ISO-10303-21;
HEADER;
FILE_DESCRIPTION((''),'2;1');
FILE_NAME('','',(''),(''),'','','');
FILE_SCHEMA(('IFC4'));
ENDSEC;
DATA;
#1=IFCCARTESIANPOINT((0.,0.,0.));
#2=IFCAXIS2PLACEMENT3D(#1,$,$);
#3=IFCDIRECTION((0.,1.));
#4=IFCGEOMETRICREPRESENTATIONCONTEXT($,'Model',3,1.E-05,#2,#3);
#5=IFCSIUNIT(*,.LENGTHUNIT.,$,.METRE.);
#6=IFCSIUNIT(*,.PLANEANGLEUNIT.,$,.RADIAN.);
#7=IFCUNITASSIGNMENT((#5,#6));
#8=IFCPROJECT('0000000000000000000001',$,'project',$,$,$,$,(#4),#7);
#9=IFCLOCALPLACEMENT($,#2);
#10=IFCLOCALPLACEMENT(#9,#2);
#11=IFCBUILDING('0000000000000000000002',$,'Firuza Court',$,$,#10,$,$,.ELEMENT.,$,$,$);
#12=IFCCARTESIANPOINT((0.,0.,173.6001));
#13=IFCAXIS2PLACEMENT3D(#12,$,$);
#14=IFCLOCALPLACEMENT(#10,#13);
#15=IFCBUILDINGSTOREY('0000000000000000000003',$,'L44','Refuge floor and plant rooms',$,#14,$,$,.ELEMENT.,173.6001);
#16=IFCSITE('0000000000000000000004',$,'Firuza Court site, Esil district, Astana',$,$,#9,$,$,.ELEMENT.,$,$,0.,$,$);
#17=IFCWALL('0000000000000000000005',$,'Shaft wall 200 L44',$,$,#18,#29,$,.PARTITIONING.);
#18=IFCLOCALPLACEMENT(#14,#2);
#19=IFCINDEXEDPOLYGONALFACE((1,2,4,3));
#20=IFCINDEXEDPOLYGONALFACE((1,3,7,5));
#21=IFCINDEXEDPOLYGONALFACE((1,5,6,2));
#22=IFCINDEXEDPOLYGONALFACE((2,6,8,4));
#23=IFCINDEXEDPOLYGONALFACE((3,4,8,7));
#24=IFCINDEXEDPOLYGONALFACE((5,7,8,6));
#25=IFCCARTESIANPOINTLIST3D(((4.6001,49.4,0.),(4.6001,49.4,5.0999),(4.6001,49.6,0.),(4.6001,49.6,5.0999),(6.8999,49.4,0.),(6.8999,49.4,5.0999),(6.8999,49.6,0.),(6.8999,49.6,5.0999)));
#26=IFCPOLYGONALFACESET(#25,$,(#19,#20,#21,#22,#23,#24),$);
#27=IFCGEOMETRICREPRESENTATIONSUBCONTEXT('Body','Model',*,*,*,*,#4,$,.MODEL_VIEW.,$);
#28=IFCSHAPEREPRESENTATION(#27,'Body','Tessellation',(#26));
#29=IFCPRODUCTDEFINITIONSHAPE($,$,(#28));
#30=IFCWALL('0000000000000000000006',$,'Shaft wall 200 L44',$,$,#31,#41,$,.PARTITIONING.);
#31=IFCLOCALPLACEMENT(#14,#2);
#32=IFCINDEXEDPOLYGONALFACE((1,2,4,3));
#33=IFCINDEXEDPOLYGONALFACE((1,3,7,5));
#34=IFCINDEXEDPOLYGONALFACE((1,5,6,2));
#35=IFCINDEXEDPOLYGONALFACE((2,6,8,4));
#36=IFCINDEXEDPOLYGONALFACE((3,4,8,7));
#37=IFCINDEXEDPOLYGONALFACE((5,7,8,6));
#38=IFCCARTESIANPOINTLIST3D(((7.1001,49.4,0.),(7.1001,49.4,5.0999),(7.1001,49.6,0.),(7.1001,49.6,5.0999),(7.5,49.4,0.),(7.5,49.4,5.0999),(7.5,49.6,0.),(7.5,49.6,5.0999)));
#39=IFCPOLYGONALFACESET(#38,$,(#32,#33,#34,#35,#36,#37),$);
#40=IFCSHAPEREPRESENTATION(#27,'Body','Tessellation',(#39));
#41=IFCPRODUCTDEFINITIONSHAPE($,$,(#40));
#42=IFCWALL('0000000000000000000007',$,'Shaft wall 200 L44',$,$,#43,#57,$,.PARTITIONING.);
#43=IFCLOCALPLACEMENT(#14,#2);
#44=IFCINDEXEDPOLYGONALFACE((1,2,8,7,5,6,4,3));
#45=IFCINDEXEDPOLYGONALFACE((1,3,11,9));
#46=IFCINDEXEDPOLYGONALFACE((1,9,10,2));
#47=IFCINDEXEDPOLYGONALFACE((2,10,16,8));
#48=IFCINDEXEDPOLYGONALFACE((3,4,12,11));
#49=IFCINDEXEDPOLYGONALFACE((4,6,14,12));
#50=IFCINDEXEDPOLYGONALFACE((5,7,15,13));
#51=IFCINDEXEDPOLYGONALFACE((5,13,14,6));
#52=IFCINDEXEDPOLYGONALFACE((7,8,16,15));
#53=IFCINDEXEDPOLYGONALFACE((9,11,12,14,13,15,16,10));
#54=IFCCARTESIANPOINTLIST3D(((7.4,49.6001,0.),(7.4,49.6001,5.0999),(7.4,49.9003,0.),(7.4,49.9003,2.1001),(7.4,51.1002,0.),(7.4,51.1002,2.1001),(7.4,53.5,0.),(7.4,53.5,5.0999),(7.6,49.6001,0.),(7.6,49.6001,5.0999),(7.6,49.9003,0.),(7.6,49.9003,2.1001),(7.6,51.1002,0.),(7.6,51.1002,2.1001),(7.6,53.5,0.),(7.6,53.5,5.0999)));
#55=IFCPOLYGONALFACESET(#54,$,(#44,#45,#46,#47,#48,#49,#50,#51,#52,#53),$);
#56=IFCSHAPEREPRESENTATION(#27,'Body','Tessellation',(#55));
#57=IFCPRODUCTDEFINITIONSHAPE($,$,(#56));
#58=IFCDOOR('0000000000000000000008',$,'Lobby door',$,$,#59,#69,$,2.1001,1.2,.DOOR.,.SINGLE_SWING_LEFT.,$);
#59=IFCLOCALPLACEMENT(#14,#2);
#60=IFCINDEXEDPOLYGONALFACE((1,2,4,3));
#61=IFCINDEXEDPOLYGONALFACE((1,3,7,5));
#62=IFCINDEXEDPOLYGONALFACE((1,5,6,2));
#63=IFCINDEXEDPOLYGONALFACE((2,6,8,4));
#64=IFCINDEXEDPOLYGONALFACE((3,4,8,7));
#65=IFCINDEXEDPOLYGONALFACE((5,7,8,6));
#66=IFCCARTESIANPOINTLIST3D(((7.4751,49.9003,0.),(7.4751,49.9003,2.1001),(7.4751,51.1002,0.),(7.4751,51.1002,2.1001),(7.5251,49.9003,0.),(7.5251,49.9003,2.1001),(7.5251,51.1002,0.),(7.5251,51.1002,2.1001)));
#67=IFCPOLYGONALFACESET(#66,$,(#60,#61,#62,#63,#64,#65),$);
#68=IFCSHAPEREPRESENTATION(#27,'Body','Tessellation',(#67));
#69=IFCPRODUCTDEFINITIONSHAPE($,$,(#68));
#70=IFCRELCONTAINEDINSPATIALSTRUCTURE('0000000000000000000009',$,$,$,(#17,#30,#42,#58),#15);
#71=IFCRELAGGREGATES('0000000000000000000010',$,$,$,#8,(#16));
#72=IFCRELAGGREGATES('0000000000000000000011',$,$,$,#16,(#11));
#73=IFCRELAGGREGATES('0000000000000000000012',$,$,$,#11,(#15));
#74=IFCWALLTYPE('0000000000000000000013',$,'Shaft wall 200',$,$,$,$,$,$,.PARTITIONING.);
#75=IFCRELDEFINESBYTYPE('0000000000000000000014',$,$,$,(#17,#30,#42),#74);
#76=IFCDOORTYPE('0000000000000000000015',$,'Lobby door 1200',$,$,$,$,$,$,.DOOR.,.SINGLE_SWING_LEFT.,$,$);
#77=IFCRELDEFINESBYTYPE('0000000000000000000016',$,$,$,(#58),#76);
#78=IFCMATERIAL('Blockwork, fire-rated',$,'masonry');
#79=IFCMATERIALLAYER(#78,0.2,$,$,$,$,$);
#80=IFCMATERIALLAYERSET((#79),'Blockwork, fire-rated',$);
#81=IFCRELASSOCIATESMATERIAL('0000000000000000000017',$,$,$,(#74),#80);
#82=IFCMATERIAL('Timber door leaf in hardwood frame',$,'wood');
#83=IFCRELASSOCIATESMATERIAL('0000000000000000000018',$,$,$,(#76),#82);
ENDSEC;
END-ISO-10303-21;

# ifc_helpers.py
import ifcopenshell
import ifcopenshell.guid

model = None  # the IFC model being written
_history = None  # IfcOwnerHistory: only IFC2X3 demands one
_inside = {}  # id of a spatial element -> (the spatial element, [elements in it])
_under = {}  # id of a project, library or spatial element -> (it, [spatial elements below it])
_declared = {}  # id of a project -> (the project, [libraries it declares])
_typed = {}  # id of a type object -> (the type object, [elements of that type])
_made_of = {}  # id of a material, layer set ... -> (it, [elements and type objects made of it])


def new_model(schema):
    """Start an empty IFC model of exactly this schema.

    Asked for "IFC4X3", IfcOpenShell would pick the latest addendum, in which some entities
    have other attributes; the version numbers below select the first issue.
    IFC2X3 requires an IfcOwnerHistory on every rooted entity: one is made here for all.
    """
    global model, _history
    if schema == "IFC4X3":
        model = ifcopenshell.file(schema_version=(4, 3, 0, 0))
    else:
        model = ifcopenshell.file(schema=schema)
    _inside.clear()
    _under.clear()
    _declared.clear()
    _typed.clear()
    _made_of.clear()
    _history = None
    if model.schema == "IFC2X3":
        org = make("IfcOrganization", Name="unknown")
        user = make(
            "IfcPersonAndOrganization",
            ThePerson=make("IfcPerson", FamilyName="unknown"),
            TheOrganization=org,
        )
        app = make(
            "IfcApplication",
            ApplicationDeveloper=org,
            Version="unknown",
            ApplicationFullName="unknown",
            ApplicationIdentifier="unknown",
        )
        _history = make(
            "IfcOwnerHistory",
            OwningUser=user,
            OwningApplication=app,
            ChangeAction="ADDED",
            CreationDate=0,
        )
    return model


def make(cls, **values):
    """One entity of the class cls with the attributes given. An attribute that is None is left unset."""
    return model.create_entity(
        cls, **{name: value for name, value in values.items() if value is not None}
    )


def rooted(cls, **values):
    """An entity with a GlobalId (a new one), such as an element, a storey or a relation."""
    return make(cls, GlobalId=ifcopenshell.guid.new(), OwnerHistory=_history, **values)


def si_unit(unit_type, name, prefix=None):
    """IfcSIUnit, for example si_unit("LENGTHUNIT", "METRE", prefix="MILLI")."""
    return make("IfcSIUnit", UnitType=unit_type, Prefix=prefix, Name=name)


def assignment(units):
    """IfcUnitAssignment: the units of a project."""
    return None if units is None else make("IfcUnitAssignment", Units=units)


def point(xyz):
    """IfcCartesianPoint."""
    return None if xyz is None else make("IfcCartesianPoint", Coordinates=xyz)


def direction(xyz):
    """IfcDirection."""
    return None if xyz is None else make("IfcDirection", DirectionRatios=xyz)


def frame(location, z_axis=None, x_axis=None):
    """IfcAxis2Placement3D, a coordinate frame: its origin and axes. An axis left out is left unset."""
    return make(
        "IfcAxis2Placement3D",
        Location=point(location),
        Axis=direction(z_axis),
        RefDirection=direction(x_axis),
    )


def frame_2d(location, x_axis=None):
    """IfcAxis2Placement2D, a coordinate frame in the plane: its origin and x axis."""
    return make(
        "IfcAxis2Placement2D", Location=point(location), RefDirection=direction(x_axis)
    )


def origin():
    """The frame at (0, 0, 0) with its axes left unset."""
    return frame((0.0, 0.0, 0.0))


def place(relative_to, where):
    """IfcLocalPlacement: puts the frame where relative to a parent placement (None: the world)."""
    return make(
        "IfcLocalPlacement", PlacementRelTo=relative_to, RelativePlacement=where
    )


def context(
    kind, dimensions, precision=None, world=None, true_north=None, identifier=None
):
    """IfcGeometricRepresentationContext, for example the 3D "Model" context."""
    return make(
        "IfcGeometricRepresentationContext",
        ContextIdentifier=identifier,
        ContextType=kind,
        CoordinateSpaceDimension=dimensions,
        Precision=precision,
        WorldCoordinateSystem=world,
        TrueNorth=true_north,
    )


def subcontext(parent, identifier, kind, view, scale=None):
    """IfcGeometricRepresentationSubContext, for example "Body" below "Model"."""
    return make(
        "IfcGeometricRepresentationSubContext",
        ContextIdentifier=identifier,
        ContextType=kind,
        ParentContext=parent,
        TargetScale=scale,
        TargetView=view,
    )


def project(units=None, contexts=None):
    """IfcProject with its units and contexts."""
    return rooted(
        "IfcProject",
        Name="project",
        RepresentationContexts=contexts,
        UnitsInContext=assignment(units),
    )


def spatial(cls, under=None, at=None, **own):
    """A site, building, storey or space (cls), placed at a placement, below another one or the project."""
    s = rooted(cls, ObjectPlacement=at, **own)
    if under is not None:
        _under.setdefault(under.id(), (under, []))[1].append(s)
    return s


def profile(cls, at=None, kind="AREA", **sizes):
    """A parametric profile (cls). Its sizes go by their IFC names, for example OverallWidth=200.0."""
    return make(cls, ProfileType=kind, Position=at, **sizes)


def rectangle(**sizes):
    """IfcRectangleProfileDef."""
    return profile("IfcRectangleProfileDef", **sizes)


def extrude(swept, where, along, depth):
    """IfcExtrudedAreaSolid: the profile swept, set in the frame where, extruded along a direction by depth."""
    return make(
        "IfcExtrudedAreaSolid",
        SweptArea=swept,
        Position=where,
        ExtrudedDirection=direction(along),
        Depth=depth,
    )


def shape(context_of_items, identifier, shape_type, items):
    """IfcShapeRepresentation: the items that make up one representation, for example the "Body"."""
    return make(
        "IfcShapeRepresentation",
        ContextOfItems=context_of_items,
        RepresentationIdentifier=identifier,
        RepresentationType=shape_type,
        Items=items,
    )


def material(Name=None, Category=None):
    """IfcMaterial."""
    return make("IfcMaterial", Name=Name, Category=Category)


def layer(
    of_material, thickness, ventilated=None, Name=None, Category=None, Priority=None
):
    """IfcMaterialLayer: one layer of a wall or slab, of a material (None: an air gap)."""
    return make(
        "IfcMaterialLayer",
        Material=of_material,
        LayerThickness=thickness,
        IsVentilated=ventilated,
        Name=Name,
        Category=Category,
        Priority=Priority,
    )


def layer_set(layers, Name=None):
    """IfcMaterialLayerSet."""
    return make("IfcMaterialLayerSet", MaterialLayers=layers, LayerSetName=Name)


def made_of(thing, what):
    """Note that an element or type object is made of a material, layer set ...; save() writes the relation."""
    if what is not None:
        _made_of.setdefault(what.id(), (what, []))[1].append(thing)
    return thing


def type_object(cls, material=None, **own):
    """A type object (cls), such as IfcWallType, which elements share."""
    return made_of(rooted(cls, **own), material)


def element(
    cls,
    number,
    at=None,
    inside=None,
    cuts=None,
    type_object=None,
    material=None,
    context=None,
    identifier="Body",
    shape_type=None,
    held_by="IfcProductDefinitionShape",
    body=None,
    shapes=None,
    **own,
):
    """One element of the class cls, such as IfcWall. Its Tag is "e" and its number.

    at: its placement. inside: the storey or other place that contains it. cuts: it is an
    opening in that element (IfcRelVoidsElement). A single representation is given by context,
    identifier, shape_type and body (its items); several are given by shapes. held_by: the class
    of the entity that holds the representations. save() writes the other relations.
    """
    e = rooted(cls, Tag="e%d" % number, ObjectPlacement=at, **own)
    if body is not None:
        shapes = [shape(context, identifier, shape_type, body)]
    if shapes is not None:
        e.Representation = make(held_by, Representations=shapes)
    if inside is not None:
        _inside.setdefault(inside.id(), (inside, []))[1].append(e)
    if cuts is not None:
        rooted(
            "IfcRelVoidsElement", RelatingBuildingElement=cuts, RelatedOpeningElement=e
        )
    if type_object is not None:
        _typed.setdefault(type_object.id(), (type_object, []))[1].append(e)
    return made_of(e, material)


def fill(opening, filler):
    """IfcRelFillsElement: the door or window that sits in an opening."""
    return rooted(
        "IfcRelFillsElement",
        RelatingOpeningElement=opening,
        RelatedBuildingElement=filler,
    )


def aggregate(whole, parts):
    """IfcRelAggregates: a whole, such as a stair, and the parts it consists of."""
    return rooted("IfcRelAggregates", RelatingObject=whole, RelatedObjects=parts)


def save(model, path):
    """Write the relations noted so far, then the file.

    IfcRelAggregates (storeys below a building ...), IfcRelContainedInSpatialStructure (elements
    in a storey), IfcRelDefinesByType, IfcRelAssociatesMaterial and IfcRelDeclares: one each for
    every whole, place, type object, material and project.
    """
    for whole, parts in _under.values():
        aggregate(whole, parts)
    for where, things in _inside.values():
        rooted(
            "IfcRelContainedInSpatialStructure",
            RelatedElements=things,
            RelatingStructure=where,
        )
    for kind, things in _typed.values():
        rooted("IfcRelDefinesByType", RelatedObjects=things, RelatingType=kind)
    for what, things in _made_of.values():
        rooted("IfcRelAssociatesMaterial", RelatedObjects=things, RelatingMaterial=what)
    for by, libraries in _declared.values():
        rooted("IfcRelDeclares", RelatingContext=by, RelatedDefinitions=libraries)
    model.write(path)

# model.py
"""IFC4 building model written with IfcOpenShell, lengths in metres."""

from ifc_helpers import new_model, si_unit, direction, frame, frame_2d, origin, place, context, subcontext, project, spatial, rectangle, extrude, material, layer, layer_set, type_object, element, fill, save


model = new_model("IFC4")

# Units and contexts
model_context = context("Model", 3, precision=1e-05, world=origin(), true_north=direction((0.0, 1.0)))
body_context = subcontext(model_context, "Body", "Model", "MODEL_VIEW")
ifc_project = project(units=[si_unit("LENGTHUNIT", "METRE"), si_unit("PLANEANGLEUNIT", "RADIAN")], contexts=[model_context])

# Site, building, storey
site_placement = place(None, origin())
site = spatial("IfcSite", under=ifc_project, at=site_placement, Name="Firuza Court site, Esil district, Astana", CompositionType="ELEMENT", RefElevation=0.0)
building_placement = place(site_placement, origin())
building = spatial("IfcBuilding", under=site, at=building_placement, Name="Firuza Court", CompositionType="ELEMENT")
storey_placement = place(building_placement, frame((0.0, 0.0, 173.6001)))
storey = spatial("IfcBuildingStorey", under=building, at=storey_placement, Name="L44", Description="Refuge floor and plant rooms", CompositionType="ELEMENT", Elevation=173.6001)

# Shared definitions
ifc_material_1 = material(Name="Blockwork, fire-rated", Category="masonry")

# Walls
ifc_layer_1 = layer(ifc_material_1, 0.2)
ifc_layer_set_1 = layer_set([ifc_layer_1], Name="Blockwork, fire-rated")
wall_type_1 = type_object("IfcWallType", Name="Shaft wall 200", PredefinedType="PARTITIONING", material=ifc_layer_set_1)
wall_1_placement = place(storey_placement, frame((4.6001, 49.5, 0.0), z_axis=(0.0, 0.0, 1.0), x_axis=(1.0, 0.0, 0.0)))
element("IfcWall", 1, at=wall_1_placement, inside=storey, type_object=wall_type_1, Name="Shaft wall 200 L44", PredefinedType="PARTITIONING", context=body_context, shape_type="SweptSolid", body=[
    extrude(rectangle(XDim=2.2998, YDim=0.2, at=frame_2d((1.1499, 0.0))), origin(), (0.0, 0.0, 1.0), 5.0999),
])
wall_2_placement = place(storey_placement, frame((7.1001, 49.5, 0.0), z_axis=(0.0, 0.0, 1.0), x_axis=(1.0, 0.0, 0.0)))
element("IfcWall", 2, at=wall_2_placement, inside=storey, type_object=wall_type_1, Name="Shaft wall 200 L44", PredefinedType="PARTITIONING", context=body_context, shape_type="SweptSolid", body=[
    extrude(rectangle(XDim=0.3999, YDim=0.2, at=frame_2d((0.2, 0.0))), origin(), (0.0, 0.0, 1.0), 5.0999),
])

# Wall, opening, door
wall_3_placement = place(storey_placement, frame((7.5, 49.6001, 0.0), z_axis=(0.0, 0.0, 1.0), x_axis=(0.0, 1.0, 0.0)))
wall_3 = element("IfcWall", 3, at=wall_3_placement, inside=storey, type_object=wall_type_1, Name="Shaft wall 200 L44", PredefinedType="PARTITIONING", context=body_context, shape_type="SweptSolid", body=[
    extrude(rectangle(XDim=3.8999, YDim=0.2, at=frame_2d((1.95, 0.0))), origin(), (0.0, 0.0, 1.0), 5.0999),
])
opening_1_placement = place(wall_3_placement, frame((0.3, 0.0, 0.0)))
opening_1 = element("IfcOpeningElement", 4, at=opening_1_placement, cuts=wall_3, PredefinedType="OPENING", context=body_context, shape_type="SweptSolid", body=[
    extrude(rectangle(XDim=1.2, YDim=2.1001, at=frame_2d((0.6001, 1.05))), frame((0.0, 0.1118, 0.0), z_axis=(0.0, -1.0, 0.0), x_axis=(1.0, 0.0, 0.0)), (0.0, 0.0, 1.0), 0.2239),
])
ifc_material_2 = material(Name="Timber door leaf in hardwood frame", Category="wood")
door_type_1 = type_object("IfcDoorType", Name="Lobby door 1200", OperationType="SINGLE_SWING_LEFT", PredefinedType="DOOR", material=ifc_material_2)
door_1_placement = place(opening_1_placement, origin())
door_1 = element("IfcDoor", 5, at=door_1_placement, inside=storey, type_object=door_type_1, Name="Lobby door", OperationType="SINGLE_SWING_LEFT", OverallHeight=2.1001, OverallWidth=1.2, PredefinedType="DOOR", context=body_context, shape_type="SweptSolid", body=[
    extrude(rectangle(XDim=1.2, YDim=2.1001, at=frame_2d((0.6001, 1.05))), frame((0.0, 0.0249, 0.0), z_axis=(0.0, -1.0, 0.0), x_axis=(1.0, 0.0, 0.0)), (0.0, 0.0, 1.0), 0.05),
])
fill(opening_1, door_1)

save(model, "model.ifc")
